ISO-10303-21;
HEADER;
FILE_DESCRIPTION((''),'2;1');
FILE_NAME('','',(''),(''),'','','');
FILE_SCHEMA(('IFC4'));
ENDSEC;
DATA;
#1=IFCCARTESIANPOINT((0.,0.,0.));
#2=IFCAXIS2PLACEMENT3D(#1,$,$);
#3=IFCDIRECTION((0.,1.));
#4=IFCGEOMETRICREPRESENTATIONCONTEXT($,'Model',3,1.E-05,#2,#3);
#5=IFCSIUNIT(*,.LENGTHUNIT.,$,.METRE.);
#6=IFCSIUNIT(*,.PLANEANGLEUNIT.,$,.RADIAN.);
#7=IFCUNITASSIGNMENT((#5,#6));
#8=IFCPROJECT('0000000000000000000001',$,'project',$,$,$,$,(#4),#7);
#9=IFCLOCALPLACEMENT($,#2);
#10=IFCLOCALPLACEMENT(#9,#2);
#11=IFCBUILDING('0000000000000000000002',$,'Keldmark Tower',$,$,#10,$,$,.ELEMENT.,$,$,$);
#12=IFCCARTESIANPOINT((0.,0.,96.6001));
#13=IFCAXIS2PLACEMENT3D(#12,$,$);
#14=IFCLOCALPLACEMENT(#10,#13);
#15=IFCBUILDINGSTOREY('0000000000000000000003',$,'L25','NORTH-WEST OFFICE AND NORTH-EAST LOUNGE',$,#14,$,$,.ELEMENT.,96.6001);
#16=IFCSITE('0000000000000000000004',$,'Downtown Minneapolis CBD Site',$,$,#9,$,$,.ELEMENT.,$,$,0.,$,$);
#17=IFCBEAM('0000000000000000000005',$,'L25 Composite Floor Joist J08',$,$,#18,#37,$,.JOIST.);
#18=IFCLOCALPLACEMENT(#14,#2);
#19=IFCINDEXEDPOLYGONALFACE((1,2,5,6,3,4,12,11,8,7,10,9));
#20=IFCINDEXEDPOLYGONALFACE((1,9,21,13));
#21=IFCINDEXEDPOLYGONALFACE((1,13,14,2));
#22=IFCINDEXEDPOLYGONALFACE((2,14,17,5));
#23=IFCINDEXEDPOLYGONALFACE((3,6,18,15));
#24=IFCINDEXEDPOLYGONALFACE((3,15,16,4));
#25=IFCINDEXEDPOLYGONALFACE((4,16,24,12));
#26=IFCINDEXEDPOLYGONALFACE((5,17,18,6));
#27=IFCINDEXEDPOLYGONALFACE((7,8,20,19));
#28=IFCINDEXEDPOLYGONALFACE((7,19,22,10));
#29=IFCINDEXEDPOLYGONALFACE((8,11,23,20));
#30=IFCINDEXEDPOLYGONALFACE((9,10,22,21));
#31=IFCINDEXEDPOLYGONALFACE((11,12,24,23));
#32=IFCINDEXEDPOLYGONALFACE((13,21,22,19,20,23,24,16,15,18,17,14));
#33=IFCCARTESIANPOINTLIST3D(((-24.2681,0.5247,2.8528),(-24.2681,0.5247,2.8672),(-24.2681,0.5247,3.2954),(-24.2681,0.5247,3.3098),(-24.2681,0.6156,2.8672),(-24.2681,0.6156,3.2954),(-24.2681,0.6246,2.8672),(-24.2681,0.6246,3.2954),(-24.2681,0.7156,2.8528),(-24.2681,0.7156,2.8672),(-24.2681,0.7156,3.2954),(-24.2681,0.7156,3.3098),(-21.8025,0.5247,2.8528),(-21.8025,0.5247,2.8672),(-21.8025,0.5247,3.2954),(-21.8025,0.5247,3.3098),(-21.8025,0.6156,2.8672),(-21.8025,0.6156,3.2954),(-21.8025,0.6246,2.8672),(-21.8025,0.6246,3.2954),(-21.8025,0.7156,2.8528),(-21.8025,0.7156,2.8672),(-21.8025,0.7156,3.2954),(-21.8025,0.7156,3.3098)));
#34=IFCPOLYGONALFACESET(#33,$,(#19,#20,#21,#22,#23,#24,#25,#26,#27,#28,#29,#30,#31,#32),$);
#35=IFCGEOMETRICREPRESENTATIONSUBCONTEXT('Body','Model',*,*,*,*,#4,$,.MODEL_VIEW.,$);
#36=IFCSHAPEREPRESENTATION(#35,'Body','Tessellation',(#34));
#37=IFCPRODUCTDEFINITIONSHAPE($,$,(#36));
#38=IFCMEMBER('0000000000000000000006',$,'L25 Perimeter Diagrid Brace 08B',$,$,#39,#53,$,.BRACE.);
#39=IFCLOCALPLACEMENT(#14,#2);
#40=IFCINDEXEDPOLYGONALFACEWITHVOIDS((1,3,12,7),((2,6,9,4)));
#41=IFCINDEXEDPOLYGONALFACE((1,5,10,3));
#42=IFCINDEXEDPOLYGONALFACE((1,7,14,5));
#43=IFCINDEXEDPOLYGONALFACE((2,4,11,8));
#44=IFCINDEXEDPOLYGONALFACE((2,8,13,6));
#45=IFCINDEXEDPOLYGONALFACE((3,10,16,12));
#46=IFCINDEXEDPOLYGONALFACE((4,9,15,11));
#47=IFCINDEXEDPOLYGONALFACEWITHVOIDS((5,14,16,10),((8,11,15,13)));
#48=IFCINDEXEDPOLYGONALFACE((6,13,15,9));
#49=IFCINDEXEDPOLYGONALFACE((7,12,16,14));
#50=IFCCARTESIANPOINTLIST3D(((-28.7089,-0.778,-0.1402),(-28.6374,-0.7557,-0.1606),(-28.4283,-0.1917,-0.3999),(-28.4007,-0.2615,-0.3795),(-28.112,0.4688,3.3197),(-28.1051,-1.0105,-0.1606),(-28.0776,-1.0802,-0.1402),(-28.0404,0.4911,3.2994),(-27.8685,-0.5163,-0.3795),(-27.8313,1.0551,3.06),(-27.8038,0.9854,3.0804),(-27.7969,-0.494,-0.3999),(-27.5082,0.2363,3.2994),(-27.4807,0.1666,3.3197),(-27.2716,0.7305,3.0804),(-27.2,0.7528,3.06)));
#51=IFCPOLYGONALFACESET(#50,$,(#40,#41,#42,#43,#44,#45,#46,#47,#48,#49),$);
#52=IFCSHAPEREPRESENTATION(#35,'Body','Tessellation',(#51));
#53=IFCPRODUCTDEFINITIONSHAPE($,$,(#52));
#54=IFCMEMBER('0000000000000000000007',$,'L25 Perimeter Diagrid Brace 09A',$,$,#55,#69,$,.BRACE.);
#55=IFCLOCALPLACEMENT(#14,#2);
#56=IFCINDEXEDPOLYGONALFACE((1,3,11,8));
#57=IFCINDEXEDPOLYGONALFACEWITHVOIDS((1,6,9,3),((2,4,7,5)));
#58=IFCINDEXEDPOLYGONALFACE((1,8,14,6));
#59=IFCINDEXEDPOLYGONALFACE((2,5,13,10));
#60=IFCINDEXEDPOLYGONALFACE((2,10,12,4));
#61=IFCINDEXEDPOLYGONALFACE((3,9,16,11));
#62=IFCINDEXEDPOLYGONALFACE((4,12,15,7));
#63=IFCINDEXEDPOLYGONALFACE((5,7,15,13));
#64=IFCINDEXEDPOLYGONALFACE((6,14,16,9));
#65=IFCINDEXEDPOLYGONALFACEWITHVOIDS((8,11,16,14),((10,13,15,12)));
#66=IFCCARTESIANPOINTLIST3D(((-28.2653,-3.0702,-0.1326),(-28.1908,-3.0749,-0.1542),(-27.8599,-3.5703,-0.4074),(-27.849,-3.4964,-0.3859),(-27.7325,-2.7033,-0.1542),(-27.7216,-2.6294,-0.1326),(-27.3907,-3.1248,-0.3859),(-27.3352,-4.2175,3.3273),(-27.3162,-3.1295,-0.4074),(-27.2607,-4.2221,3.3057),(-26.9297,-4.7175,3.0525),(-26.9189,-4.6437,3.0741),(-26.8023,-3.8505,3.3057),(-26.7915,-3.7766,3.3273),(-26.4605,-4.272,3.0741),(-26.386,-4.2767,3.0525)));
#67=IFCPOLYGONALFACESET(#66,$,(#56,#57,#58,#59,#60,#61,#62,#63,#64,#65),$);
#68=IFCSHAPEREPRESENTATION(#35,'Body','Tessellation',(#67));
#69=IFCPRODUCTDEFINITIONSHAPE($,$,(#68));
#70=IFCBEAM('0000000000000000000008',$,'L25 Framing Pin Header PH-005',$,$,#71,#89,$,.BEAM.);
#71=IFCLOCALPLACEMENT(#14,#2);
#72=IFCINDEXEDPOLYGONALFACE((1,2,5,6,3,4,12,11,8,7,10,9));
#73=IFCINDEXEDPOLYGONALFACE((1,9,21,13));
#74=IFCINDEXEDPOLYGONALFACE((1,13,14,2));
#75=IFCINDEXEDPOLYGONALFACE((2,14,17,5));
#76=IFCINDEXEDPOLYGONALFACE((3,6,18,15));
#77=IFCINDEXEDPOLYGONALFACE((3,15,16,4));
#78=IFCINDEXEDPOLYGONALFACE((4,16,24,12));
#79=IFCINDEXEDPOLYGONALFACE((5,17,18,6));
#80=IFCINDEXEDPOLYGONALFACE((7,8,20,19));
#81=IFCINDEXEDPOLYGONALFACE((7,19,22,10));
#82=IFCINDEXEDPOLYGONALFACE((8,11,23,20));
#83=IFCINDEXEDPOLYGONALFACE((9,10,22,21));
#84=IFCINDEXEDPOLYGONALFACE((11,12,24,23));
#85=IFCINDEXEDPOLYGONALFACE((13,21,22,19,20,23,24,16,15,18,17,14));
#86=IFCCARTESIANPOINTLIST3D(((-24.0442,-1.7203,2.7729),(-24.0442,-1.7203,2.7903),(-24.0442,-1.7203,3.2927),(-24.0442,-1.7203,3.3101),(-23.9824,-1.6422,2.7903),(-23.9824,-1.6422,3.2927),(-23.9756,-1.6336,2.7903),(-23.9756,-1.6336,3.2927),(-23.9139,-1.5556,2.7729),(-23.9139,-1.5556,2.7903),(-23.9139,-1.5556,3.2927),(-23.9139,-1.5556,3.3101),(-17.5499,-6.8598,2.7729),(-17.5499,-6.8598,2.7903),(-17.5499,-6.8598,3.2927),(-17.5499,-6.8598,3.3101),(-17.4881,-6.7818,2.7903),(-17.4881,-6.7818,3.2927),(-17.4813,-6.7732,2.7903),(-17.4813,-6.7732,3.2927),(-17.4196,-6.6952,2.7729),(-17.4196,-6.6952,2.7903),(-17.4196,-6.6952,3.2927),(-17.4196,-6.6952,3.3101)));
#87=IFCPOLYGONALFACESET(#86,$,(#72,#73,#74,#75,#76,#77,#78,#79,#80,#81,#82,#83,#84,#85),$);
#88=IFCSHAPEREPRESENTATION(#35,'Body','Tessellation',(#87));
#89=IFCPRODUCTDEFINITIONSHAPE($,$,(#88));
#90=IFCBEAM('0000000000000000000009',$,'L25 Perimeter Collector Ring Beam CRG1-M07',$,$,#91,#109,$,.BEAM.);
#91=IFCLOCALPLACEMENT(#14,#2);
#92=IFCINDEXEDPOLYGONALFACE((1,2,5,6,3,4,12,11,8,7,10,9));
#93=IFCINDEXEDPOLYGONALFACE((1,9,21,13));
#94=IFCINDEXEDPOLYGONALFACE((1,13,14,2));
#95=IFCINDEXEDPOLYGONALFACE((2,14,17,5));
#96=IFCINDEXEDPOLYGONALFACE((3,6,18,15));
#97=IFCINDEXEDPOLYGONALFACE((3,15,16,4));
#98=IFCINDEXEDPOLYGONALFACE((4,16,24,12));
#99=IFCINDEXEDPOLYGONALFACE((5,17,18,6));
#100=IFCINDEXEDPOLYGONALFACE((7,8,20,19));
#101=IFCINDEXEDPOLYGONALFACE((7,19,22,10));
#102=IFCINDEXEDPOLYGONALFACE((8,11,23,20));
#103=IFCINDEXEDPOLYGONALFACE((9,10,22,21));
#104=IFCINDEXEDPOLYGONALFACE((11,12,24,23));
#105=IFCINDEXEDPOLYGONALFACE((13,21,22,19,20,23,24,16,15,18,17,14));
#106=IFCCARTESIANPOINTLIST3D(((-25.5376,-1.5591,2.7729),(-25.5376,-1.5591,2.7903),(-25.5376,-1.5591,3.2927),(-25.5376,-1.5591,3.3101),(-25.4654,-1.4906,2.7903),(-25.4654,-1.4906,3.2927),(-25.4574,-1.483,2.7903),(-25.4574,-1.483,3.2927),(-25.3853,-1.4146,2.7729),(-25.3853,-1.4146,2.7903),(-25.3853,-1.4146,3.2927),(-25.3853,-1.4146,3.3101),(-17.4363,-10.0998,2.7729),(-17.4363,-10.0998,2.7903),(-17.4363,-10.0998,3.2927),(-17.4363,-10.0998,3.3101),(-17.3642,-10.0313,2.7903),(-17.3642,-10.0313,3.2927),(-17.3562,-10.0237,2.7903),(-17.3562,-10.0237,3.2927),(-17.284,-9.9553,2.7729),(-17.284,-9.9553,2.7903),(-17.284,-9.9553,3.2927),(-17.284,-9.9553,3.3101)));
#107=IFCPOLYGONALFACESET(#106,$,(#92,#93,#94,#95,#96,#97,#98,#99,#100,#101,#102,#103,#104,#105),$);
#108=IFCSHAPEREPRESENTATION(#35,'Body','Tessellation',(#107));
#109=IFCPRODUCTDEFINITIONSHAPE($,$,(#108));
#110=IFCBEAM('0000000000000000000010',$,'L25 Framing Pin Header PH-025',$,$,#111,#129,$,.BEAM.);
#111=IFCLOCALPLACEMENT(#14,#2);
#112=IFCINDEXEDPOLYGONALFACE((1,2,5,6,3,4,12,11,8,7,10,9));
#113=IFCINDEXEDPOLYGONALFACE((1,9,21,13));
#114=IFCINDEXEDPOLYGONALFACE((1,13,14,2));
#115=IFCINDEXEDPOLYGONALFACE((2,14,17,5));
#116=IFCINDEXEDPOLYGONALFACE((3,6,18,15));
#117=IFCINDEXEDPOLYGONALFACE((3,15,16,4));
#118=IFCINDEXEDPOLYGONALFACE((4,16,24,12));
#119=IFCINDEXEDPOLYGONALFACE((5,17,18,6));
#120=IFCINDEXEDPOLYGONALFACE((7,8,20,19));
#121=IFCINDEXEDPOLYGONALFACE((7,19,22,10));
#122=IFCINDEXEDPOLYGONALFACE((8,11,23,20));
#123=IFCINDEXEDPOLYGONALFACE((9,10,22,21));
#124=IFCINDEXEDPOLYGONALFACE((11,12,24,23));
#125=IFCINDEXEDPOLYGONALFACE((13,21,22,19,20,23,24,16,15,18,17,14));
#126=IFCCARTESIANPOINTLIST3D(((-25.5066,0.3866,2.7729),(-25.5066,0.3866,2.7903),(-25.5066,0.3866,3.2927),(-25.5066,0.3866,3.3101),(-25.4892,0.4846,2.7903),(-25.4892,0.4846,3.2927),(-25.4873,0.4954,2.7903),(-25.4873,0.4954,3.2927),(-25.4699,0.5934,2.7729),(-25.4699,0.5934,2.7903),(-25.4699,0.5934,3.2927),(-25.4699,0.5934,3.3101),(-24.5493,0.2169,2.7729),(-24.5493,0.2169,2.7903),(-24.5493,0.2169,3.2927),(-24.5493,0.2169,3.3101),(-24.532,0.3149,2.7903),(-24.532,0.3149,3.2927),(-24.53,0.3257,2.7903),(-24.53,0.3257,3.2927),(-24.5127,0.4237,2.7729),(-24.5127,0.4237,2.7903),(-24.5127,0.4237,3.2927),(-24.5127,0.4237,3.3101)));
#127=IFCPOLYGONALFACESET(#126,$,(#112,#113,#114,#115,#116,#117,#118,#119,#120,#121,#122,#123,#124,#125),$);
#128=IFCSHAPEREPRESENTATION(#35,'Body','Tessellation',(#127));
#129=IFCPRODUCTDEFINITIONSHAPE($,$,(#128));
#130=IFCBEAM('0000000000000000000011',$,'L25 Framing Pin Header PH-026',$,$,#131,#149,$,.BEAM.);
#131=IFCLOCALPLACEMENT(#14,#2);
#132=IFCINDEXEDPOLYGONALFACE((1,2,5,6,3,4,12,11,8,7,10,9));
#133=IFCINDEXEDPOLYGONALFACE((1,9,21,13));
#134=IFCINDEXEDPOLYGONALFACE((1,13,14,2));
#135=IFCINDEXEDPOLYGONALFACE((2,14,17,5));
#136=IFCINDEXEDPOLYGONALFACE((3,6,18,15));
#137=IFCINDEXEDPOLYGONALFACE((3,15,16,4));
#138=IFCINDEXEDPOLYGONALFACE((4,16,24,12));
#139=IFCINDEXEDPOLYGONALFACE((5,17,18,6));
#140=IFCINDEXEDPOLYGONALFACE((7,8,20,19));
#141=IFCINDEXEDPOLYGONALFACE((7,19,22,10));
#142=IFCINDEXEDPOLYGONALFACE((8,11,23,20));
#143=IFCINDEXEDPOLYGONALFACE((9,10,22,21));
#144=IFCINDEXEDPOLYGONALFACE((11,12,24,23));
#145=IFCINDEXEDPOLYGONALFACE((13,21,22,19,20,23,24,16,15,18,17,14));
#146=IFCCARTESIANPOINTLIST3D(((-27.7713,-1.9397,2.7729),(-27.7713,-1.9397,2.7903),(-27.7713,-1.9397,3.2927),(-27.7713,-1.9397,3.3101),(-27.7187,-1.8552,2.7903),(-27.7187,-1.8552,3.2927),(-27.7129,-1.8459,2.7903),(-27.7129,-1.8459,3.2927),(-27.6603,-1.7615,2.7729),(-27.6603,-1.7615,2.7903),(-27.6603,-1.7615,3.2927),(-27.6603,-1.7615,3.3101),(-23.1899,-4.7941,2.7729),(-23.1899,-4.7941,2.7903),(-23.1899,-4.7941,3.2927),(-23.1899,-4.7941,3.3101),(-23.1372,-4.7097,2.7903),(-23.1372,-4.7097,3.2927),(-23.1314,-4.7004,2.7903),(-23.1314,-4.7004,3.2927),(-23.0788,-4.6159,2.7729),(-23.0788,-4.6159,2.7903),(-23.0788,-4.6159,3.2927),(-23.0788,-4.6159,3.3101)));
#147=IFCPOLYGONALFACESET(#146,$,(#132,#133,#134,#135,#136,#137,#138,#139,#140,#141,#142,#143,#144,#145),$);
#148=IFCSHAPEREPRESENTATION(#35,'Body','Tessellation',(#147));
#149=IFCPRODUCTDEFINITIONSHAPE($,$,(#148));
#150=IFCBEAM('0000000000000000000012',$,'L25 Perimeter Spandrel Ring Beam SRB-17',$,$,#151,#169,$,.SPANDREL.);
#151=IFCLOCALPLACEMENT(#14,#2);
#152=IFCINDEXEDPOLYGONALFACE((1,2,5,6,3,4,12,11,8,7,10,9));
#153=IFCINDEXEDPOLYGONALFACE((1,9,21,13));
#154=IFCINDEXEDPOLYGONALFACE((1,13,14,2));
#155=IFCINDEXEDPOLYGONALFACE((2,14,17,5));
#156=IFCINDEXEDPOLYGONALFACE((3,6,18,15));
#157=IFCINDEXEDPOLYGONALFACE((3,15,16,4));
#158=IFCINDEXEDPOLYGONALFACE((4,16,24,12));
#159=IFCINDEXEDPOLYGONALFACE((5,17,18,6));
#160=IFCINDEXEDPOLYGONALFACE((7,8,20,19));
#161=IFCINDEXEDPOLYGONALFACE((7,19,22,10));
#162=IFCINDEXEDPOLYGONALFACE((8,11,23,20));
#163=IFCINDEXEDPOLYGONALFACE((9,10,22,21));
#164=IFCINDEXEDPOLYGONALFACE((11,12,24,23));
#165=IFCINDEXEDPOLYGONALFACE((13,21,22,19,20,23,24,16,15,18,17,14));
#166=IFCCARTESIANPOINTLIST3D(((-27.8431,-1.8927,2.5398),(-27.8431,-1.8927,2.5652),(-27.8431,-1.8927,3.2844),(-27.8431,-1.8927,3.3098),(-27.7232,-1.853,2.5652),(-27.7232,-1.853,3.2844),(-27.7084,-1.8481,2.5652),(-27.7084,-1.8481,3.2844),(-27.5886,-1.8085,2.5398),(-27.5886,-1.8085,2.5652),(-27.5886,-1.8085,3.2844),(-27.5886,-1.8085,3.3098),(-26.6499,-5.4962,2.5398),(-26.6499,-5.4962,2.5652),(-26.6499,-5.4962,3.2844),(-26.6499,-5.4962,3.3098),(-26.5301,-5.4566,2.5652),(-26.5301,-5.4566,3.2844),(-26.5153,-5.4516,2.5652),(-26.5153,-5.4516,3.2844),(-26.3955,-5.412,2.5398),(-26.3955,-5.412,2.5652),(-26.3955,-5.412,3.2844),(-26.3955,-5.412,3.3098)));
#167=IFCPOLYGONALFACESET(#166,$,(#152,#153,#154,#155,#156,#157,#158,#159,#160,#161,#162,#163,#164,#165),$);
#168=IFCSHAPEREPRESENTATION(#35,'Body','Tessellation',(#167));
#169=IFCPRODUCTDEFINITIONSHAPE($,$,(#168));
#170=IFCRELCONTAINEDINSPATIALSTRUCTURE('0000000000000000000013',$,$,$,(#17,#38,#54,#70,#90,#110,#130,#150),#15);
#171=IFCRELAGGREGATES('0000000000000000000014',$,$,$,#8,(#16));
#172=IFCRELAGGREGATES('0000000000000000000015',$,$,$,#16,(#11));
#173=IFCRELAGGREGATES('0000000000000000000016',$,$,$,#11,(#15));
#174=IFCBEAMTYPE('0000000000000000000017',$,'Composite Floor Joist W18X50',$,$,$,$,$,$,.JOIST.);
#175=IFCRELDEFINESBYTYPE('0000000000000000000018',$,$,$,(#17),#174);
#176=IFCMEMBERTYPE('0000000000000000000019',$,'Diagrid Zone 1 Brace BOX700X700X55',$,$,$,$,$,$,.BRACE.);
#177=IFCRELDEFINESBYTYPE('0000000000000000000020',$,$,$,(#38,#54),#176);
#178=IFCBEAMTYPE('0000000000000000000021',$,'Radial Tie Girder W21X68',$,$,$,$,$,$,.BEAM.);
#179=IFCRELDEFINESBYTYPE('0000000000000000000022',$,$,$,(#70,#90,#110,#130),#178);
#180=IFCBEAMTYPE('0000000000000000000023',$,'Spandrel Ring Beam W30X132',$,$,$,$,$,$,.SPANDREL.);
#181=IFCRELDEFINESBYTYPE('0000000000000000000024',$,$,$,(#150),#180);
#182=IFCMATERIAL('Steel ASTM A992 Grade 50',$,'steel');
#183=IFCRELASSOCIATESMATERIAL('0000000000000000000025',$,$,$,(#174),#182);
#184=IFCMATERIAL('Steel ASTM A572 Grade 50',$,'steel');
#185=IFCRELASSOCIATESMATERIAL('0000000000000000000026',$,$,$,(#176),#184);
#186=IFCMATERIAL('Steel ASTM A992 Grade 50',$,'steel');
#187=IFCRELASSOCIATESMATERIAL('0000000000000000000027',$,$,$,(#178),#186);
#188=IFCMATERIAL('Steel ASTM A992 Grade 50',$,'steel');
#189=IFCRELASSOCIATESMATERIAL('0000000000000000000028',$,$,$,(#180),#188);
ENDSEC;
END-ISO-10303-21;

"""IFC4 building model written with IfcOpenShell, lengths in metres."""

from ifc_helpers import new_model, si_unit, direction, frame, origin, origin_2d, place, context, subcontext, project, spatial, hollow_rectangle, i_section, extrude, material, material_profile, profile_set, type_object, element, save


model = new_model("IFC4")

# Units and contexts
model_context = context("Model", 3, precision=1e-05, world=origin(), true_north=direction((0.0, 1.0)))
body_context = subcontext(model_context, "Body", "Model", "MODEL_VIEW")
ifc_project = project(units=[si_unit("LENGTHUNIT", "METRE"), si_unit("PLANEANGLEUNIT", "RADIAN")], contexts=[model_context])

# Site, building, storey
site_placement = place(None, origin())
site = spatial("IfcSite", under=ifc_project, at=site_placement, Name="Downtown Minneapolis CBD Site", CompositionType="ELEMENT", RefElevation=0.0)
building_placement = place(site_placement, origin())
building = spatial("IfcBuilding", under=site, at=building_placement, Name="Keldmark Tower", CompositionType="ELEMENT")
storey_placement = place(building_placement, frame((0.0, 0.0, 96.6001)))
storey = spatial("IfcBuildingStorey", under=building, at=storey_placement, Name="L25", Description="NORTH-WEST OFFICE AND NORTH-EAST LOUNGE", CompositionType="ELEMENT", Elevation=96.6001)

# Beam
ifc_material_1 = material(Name="Steel ASTM A992 Grade 50", Category="steel")
ifc_material_profile_1 = material_profile(ifc_material_1, i_section(OverallWidth=0.1909, OverallDepth=0.457, WebThickness=0.009, FlangeThickness=0.0144, at=origin_2d()), Name="W18X50")
ifc_profile_set_1 = profile_set([ifc_material_profile_1], Name="Steel ASTM A992 Grade 50")
beam_type_1 = type_object("IfcBeamType", Name="Composite Floor Joist W18X50", PredefinedType="JOIST", material=ifc_profile_set_1)
beam_1_placement = place(storey_placement, frame((-24.2681, 0.6201, 3.0813), z_axis=(1.0, 0.0, 0.0), x_axis=(0.0, 1.0, 0.0)))
element("IfcBeam", 1, at=beam_1_placement, inside=storey, type_object=beam_type_1, Name="L25 Composite Floor Joist J08", PredefinedType="JOIST", context=body_context, shape_type="SweptSolid", body=[
    extrude(i_section(OverallWidth=0.1909, OverallDepth=0.457, WebThickness=0.009, FlangeThickness=0.0144, at=origin_2d()), origin(), (0.0, 0.0, 1.0), 2.4656),
])

# Members
ifc_material_2 = material(Name="Steel ASTM A572 Grade 50", Category="steel")
ifc_material_profile_2 = material_profile(ifc_material_2, hollow_rectangle(XDim=0.7, YDim=0.7, WallThickness=0.0549, at=origin_2d()), Name="BOX700X700X55")
ifc_profile_set_2 = profile_set([ifc_material_profile_2], Name="Steel ASTM A572 Grade 50")
member_type = type_object("IfcMemberType", Name="Diagrid Zone 1 Brace BOX700X700X55", PredefinedType="BRACE", material=ifc_profile_set_2)
member_1_placement = place(storey_placement, frame((-28.2529, -0.636, -0.27), z_axis=(0.16021, 0.334639, 0.928628), x_axis=(-0.901961, 0.431818, 0.0)))
element("IfcMember", 2, at=member_1_placement, inside=storey, type_object=member_type, Name="L25 Perimeter Diagrid Brace 08B", PredefinedType="BRACE", context=body_context, shape_type="SweptSolid", body=[
    extrude(hollow_rectangle(XDim=0.7, YDim=0.7, WallThickness=0.0549, at=origin_2d()), origin(), (0.0, 0.0, 1.0), 3.7258),
])
member_2_placement = place(storey_placement, frame((-27.7908, -3.0999, -0.27), z_axis=(0.247255, -0.304948, 0.919713), x_axis=(0.776756, 0.629802, 0.0)))
element("IfcMember", 3, at=member_2_placement, inside=storey, type_object=member_type, Name="L25 Perimeter Diagrid Brace 09A", PredefinedType="BRACE", context=body_context, shape_type="SweptSolid", body=[
    extrude(hollow_rectangle(XDim=0.7, YDim=0.7, WallThickness=0.0549, at=origin_2d()), origin(), (0.0, 0.0, 1.0), 3.762),
])

# Beams
ifc_material_3 = material(Name="Steel ASTM A992 Grade 50", Category="steel")
ifc_material_profile_3 = material_profile(ifc_material_3, i_section(OverallWidth=0.21, OverallDepth=0.5371, WebThickness=0.011, FlangeThickness=0.0173, at=origin_2d()), Name="W21X68")
ifc_profile_set_3 = profile_set([ifc_material_profile_3], Name="Steel ASTM A992 Grade 50")
beam_type_2 = type_object("IfcBeamType", Name="Radial Tie Girder W21X68", PredefinedType="BEAM", material=ifc_profile_set_3)
beam_2_placement = place(storey_placement, frame((-23.979, -1.6379, 3.0415), z_axis=(0.784148, -0.620574, 0.0), x_axis=(0.620574, 0.784148, 0.0)))
element("IfcBeam", 4, at=beam_2_placement, inside=storey, type_object=beam_type_2, Name="L25 Framing Pin Header PH-005", PredefinedType="BEAM", context=body_context, shape_type="SweptSolid", body=[
    extrude(i_section(OverallWidth=0.21, OverallDepth=0.5371, WebThickness=0.011, FlangeThickness=0.0173, at=origin_2d()), origin(), (0.0, 0.0, 1.0), 8.282),
])
beam_3_placement = place(storey_placement, frame((-25.4614, -1.4868, 3.0415), z_axis=(0.688195, -0.725526, 0.0), x_axis=(0.725526, 0.688195, 0.0)))
element("IfcBeam", 5, at=beam_3_placement, inside=storey, type_object=beam_type_2, Name="L25 Perimeter Collector Ring Beam CRG1-M07", PredefinedType="BEAM", context=body_context, shape_type="SweptSolid", body=[
    extrude(i_section(OverallWidth=0.21, OverallDepth=0.5371, WebThickness=0.011, FlangeThickness=0.0173, at=origin_2d()), origin(), (0.0, 0.0, 1.0), 11.7717),
])
beam_4_placement = place(storey_placement, frame((-24.531, 0.3203, 3.0415), z_axis=(-0.984652, 0.17453, 0.0), x_axis=(-0.17453, -0.984652, 0.0)))
element("IfcBeam", 6, at=beam_4_placement, inside=storey, type_object=beam_type_2, Name="L25 Framing Pin Header PH-025", PredefinedType="BEAM", context=body_context, shape_type="SweptSolid", body=[
    extrude(i_section(OverallWidth=0.21, OverallDepth=0.5371, WebThickness=0.011, FlangeThickness=0.0173, at=origin_2d()), origin(), (0.0, 0.0, 1.0), 0.9722),
])
beam_5_placement = place(storey_placement, frame((-27.7158, -1.8506, 3.0415), z_axis=(0.848744, -0.528803, 0.0), x_axis=(0.528803, 0.848744, 0.0)))
element("IfcBeam", 7, at=beam_5_placement, inside=storey, type_object=beam_type_2, Name="L25 Framing Pin Header PH-026", PredefinedType="BEAM", context=body_context, shape_type="SweptSolid", body=[
    extrude(i_section(OverallWidth=0.21, OverallDepth=0.5371, WebThickness=0.011, FlangeThickness=0.0173, at=origin_2d()), origin(), (0.0, 0.0, 1.0), 5.3979),
])
ifc_material_4 = material(Name="Steel ASTM A992 Grade 50", Category="steel")
ifc_material_profile_4 = material_profile(ifc_material_4, i_section(OverallWidth=0.2681, OverallDepth=0.77, WebThickness=0.0156, FlangeThickness=0.0254, at=origin_2d()), Name="W30X132")
ifc_profile_set_4 = profile_set([ifc_material_profile_4], Name="Steel ASTM A992 Grade 50")
beam_type_3 = type_object("IfcBeamType", Name="Spandrel Ring Beam W30X132", PredefinedType="SPANDREL", material=ifc_profile_set_4)
beam_6_placement = place(storey_placement, frame((-27.7158, -1.8506, 2.9248), z_axis=(0.314317, -0.949318, 0.0), x_axis=(0.949318, 0.314317, 0.0)))
element("IfcBeam", 8, at=beam_6_placement, inside=storey, type_object=beam_type_3, Name="L25 Perimeter Spandrel Ring Beam SRB-17", PredefinedType="SPANDREL", context=body_context, shape_type="SweptSolid", body=[
    extrude(i_section(OverallWidth=0.2681, OverallDepth=0.77, WebThickness=0.0156, FlangeThickness=0.0254, at=origin_2d()), origin(), (0.0, 0.0, 1.0), 3.7959),
])

save(model, "model.ifc")
